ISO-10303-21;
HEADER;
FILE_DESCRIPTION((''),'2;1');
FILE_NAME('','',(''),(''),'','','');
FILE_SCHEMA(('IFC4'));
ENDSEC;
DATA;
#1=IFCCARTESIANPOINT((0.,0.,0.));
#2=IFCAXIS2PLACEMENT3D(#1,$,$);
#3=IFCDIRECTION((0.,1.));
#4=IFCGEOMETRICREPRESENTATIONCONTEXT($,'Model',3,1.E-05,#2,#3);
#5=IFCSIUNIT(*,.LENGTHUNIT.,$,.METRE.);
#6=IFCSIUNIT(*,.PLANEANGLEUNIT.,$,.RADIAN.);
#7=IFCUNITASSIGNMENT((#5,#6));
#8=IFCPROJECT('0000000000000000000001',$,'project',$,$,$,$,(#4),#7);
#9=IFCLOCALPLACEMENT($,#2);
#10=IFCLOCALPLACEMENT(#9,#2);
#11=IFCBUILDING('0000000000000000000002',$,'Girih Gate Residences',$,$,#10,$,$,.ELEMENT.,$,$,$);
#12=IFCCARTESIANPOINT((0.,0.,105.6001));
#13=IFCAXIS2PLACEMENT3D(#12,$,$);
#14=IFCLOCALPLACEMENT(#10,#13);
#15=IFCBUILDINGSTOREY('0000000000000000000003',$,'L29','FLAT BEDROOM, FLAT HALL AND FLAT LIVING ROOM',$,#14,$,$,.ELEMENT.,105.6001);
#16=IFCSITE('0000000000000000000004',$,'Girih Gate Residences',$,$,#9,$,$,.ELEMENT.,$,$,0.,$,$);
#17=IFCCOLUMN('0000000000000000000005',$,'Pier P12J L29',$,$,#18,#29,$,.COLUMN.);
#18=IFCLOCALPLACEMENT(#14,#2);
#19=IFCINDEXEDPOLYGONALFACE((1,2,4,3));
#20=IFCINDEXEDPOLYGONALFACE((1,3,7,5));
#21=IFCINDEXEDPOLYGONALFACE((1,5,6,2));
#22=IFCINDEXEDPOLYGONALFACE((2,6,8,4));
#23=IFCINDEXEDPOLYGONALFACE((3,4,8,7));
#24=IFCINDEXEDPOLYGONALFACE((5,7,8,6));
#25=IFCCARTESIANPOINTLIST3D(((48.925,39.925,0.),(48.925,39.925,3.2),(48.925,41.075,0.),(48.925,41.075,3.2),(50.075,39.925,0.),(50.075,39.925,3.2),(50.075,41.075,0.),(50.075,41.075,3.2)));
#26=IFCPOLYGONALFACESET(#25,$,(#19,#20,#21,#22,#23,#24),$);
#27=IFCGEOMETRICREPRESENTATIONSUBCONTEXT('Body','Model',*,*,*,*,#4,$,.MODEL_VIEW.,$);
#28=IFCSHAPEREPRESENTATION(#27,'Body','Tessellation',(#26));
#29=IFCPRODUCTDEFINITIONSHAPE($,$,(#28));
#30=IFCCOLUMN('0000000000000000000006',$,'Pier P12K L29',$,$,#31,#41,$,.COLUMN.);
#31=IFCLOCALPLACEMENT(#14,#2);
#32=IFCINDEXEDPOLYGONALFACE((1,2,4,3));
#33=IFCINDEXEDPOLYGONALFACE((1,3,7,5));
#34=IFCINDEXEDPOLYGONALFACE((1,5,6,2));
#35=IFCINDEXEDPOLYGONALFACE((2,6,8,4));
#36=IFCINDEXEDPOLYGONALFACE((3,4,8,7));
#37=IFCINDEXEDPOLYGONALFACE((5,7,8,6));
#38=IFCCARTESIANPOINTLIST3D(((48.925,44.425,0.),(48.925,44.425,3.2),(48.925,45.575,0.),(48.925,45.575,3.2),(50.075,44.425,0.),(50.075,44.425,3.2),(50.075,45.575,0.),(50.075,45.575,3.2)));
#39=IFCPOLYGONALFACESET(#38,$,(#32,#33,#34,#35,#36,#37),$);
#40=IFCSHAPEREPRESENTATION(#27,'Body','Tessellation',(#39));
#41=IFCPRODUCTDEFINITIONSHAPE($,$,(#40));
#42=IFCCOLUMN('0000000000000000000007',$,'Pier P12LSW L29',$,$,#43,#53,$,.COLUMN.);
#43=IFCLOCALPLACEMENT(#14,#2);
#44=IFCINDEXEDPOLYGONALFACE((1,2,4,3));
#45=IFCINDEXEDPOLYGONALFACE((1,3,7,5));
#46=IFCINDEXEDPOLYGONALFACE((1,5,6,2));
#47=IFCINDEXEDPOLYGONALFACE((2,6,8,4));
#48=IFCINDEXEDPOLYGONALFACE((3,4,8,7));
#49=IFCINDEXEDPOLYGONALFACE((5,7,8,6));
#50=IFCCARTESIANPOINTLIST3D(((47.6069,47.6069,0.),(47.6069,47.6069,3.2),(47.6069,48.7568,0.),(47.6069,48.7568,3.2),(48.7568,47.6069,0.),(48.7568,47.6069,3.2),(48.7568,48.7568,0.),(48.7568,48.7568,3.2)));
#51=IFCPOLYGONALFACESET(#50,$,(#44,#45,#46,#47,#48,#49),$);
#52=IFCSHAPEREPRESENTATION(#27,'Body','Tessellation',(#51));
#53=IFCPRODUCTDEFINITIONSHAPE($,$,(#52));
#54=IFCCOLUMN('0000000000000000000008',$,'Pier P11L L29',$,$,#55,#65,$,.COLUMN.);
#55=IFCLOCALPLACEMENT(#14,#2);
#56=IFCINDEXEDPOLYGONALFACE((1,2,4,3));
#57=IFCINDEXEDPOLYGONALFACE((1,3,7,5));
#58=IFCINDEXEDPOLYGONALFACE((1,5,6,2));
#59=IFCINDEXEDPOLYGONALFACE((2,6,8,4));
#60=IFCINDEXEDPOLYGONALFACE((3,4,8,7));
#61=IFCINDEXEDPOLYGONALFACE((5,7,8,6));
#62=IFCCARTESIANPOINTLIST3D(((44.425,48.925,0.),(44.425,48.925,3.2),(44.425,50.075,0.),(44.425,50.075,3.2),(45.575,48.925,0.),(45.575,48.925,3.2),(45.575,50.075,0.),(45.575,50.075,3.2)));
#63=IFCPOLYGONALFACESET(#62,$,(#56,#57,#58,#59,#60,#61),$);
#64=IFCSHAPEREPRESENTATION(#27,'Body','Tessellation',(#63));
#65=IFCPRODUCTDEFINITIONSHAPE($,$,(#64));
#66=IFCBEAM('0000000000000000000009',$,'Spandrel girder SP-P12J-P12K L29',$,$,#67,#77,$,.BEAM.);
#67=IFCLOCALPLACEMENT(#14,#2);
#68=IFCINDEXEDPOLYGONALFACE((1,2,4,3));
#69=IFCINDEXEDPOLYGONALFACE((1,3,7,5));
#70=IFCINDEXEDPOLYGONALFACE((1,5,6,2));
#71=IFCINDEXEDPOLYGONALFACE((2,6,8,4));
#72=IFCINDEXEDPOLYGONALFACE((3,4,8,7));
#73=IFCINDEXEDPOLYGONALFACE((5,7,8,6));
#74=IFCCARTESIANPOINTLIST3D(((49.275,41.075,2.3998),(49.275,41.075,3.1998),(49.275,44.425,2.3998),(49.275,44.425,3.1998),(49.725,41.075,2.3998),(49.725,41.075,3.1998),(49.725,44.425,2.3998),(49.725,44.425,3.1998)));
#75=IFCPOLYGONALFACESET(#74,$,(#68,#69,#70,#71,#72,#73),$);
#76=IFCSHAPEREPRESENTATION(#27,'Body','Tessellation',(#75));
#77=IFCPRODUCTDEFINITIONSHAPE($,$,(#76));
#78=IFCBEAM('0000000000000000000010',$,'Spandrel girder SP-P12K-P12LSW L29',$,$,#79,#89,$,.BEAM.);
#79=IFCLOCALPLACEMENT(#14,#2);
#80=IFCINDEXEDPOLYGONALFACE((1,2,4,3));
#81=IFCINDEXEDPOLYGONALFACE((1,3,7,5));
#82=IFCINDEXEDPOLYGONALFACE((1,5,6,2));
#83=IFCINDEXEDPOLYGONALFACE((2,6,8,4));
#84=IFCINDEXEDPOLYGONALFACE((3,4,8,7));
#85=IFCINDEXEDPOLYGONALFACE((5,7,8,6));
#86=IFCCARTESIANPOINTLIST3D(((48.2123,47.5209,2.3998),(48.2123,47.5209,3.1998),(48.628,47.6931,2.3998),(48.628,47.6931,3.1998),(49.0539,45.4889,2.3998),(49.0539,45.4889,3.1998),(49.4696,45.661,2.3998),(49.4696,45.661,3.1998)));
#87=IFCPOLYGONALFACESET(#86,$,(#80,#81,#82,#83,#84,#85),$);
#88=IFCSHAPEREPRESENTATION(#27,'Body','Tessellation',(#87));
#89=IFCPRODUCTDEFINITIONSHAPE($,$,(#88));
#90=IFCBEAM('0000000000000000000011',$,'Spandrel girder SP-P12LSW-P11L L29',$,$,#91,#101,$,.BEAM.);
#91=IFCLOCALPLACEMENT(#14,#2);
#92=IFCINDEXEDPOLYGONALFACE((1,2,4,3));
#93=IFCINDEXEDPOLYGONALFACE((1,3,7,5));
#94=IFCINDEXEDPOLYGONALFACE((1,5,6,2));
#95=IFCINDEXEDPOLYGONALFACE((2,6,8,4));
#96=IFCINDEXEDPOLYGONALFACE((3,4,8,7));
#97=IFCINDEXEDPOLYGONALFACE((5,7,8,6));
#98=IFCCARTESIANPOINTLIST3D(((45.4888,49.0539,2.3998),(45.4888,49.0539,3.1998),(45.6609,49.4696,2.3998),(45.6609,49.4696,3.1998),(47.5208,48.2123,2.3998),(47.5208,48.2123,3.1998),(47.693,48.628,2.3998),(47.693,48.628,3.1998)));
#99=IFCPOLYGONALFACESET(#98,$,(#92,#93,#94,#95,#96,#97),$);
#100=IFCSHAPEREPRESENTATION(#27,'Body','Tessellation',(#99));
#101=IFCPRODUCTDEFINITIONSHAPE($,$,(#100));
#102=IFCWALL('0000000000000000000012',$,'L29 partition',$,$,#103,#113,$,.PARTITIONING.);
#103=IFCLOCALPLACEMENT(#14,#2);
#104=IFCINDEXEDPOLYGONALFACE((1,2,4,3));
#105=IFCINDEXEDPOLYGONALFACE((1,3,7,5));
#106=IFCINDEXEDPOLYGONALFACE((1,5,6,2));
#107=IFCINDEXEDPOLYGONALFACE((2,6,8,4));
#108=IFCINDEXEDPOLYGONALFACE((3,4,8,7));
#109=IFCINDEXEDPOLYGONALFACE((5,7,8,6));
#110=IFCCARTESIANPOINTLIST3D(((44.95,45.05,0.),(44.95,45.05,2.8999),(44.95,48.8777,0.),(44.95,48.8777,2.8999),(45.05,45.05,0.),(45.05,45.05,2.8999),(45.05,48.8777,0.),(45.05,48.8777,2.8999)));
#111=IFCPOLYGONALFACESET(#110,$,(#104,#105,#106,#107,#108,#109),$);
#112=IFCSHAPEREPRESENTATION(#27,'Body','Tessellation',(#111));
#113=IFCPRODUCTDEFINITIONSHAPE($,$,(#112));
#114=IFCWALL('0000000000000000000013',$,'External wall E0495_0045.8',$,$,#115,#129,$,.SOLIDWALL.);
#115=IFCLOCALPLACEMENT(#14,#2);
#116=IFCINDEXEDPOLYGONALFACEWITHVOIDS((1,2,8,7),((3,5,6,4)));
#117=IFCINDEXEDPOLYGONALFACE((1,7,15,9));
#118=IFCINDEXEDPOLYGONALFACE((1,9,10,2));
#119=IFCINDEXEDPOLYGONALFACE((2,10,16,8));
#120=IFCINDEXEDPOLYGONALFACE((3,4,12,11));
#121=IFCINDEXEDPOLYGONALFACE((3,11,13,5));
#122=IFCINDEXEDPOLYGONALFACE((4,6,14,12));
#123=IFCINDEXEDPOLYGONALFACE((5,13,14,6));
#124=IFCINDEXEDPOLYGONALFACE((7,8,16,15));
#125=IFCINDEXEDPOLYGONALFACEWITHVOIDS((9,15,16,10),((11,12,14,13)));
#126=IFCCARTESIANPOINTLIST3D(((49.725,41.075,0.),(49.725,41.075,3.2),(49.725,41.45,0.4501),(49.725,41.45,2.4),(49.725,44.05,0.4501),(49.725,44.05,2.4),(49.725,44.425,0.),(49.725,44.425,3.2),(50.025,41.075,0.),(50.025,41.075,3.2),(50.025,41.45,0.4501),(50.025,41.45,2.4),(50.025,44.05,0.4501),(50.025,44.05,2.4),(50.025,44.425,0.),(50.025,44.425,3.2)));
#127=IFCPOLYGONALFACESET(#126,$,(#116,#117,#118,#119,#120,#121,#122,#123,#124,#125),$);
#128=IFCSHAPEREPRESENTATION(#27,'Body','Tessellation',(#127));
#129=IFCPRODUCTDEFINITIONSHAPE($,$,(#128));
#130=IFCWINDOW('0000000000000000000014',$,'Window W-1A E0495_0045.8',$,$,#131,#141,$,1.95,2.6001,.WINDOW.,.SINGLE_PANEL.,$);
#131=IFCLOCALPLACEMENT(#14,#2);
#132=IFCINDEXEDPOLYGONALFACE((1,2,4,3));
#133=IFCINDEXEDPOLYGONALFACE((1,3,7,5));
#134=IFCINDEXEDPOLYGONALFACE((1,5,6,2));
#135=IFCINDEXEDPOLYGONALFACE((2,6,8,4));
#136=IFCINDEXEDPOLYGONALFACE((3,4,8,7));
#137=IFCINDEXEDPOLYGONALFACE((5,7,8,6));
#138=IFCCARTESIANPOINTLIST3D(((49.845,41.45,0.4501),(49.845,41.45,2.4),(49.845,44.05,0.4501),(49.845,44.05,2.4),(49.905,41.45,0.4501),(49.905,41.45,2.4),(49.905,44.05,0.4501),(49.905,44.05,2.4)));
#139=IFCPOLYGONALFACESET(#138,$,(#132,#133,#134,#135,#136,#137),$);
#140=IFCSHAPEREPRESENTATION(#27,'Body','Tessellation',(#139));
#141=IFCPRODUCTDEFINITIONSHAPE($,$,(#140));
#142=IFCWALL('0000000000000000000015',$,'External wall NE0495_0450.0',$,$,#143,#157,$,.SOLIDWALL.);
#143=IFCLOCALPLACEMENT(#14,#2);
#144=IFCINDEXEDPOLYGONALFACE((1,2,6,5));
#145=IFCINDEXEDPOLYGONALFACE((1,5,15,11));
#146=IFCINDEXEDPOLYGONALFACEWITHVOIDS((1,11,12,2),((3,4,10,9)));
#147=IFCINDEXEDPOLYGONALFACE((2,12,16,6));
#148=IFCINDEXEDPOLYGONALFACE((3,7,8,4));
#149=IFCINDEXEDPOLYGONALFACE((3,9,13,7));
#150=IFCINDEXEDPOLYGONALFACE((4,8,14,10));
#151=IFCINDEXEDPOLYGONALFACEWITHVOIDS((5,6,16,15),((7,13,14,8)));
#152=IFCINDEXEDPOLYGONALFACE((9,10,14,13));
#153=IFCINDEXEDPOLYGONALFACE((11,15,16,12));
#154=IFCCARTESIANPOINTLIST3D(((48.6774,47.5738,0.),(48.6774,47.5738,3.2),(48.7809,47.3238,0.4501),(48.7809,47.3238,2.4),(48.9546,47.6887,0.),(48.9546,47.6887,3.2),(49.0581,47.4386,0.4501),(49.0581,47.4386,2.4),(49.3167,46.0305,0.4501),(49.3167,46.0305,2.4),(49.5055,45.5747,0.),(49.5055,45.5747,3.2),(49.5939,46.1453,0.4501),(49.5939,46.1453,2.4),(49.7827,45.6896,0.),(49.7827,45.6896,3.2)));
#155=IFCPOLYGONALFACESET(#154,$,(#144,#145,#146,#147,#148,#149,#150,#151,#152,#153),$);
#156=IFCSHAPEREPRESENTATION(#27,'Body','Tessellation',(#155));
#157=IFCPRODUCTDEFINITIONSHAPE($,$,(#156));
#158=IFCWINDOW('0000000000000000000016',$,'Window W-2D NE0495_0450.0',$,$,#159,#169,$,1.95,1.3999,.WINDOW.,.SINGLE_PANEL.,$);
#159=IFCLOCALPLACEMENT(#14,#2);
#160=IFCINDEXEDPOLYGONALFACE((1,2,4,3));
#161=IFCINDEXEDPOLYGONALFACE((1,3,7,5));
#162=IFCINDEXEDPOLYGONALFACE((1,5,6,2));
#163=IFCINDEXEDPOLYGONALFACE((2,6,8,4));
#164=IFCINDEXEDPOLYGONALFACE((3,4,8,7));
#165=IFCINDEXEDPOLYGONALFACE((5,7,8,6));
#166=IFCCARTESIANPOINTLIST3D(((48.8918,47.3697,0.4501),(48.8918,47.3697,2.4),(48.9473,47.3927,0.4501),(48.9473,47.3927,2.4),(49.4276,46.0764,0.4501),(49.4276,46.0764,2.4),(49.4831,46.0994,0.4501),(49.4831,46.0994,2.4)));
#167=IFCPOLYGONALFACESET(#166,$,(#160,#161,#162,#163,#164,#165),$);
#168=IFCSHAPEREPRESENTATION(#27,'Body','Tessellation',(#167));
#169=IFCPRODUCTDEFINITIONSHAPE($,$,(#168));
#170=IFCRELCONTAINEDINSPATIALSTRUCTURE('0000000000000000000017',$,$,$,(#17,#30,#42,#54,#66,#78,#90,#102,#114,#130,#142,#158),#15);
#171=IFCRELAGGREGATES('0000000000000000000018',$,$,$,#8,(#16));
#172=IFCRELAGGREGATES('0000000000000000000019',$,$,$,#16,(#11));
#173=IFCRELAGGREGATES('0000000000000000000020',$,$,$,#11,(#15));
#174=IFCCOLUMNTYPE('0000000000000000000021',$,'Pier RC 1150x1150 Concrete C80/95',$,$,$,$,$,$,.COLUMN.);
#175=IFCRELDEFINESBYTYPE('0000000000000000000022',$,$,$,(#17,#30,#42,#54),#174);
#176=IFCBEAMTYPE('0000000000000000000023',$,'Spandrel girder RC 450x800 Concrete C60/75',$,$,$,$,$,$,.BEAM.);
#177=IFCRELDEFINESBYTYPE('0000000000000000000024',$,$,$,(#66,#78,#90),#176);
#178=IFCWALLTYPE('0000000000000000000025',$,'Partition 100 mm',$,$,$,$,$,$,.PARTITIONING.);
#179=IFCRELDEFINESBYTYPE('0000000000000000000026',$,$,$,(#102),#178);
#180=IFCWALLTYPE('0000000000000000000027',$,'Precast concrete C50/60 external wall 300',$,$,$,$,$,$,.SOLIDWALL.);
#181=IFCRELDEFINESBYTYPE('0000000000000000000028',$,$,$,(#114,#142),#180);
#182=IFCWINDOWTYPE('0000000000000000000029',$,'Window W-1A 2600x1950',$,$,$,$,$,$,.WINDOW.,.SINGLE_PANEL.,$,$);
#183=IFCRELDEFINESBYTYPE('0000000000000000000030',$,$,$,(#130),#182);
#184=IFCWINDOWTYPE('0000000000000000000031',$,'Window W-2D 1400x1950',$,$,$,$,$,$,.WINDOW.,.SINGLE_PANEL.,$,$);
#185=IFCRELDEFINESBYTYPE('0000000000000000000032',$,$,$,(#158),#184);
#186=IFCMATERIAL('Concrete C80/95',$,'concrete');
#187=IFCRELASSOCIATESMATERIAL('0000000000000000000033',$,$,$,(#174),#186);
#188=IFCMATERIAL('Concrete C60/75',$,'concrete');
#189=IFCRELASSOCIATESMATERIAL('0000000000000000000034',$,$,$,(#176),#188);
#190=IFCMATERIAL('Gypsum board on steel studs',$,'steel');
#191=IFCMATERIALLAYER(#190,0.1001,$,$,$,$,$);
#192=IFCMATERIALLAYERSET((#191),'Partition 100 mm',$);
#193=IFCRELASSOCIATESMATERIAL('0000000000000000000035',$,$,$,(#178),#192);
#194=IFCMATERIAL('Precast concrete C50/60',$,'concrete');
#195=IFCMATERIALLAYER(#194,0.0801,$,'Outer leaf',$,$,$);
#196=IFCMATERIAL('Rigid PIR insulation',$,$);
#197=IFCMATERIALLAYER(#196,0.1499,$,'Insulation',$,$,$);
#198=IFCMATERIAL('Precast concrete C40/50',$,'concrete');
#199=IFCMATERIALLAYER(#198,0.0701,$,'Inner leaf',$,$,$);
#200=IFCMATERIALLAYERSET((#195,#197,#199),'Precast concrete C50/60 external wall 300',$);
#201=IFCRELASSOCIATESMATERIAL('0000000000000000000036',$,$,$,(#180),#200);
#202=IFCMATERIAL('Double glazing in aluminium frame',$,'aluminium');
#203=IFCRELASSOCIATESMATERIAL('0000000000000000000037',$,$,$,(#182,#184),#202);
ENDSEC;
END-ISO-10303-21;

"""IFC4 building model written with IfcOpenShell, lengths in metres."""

from ifc_helpers import new_model, si_unit, direction, frame, frame_2d, origin, origin_2d, place, context, subcontext, project, spatial, rectangle, extrude, material, layer, layer_set, material_profile, profile_set, type_object, element, fill, save


model = new_model("IFC4")

# Units and contexts
model_context = context("Model", 3, precision=1e-05, world=origin(), true_north=direction((0.0, 1.0)))
body_context = subcontext(model_context, "Body", "Model", "MODEL_VIEW")
ifc_project = project(units=[si_unit("LENGTHUNIT", "METRE"), si_unit("PLANEANGLEUNIT", "RADIAN")], contexts=[model_context])

# Site, building, storey
site_placement = place(None, origin())
site = spatial("IfcSite", under=ifc_project, at=site_placement, Name="Girih Gate Residences", CompositionType="ELEMENT", RefElevation=0.0)
building_placement = place(site_placement, origin())
building = spatial("IfcBuilding", under=site, at=building_placement, Name="Girih Gate Residences", CompositionType="ELEMENT")
storey_placement = place(building_placement, frame((0.0, 0.0, 105.6001)))
storey = spatial("IfcBuildingStorey", under=building, at=storey_placement, Name="L29", Description="FLAT BEDROOM, FLAT HALL AND FLAT LIVING ROOM", CompositionType="ELEMENT", Elevation=105.6001)

# Columns
ifc_material_1 = material(Name="Concrete C80/95", Category="concrete")
ifc_material_profile_1 = material_profile(ifc_material_1, rectangle(XDim=1.1499, YDim=1.1499, at=origin_2d()))
ifc_profile_set_1 = profile_set([ifc_material_profile_1], Name="Concrete C80/95")
column_type = type_object("IfcColumnType", Name="Pier RC 1150x1150 Concrete C80/95", PredefinedType="COLUMN", material=ifc_profile_set_1)
for number, where, z_axis, x_axis, name in (
    (1, (49.5, 40.5, 0.0), (0.0, 0.0, 1.0), (1.0, 0.0, 0.0), "Pier P12J L29"),
    (2, (49.5, 45.0, 0.0), (0.0, 0.0, 1.0), (1.0, 0.0, 0.0), "Pier P12K L29"),
    (3, (48.1819, 48.1819, 0.0), (0.0, 0.0, 1.0), (1.0, 0.0, 0.0), "Pier P12LSW L29"),
    (4, (45.0, 49.5, 0.0), (0.0, 0.0, 1.0), (1.0, 0.0, 0.0), "Pier P11L L29"),
):
    element("IfcColumn", number, at=place(storey_placement, frame(where, z_axis=z_axis, x_axis=x_axis)), inside=storey, type_object=column_type, Name=name, PredefinedType="COLUMN", context=body_context, shape_type="SweptSolid", body=[
        extrude(rectangle(XDim=1.1499, YDim=1.1499, at=origin_2d()), origin(), (0.0, 0.0, 1.0), 3.2),
    ])

# Beams
ifc_material_2 = material(Name="Concrete C60/75", Category="concrete")
ifc_material_profile_2 = material_profile(ifc_material_2, rectangle(XDim=0.45, YDim=0.8, at=origin_2d()))
ifc_profile_set_2 = profile_set([ifc_material_profile_2], Name="Concrete C60/75")
beam_type = type_object("IfcBeamType", Name="Spandrel girder RC 450x800 Concrete C60/75", PredefinedType="BEAM", material=ifc_profile_set_2)
beam_placement = place(storey_placement, frame((49.5, 41.075, 2.7998), z_axis=(0.0, 1.0, 0.0), x_axis=(-1.0, 0.0, 0.0)))
element("IfcBeam", 5, at=beam_placement, inside=storey, type_object=beam_type, Name="Spandrel girder SP-P12J-P12K L29", PredefinedType="BEAM", context=body_context, shape_type="SweptSolid", body=[
    extrude(rectangle(XDim=0.45, YDim=0.8, at=origin_2d()), origin(), (0.0, 0.0, 1.0), 3.3501),
])
for number, where, z_axis, x_axis, name in (
    (6, (49.2617, 45.575, 2.7998), (-0.382636, 0.923899, 0.0), (-0.923899, -0.382636, 0.0), "Spandrel girder SP-P12K-P12LSW L29"),
    (7, (47.6069, 48.4202, 2.7998), (-0.923899, 0.382636, 0.0), (-0.382636, -0.923899, 0.0), "Spandrel girder SP-P12LSW-P11L L29"),
):
    element("IfcBeam", number, at=place(storey_placement, frame(where, z_axis=z_axis, x_axis=x_axis)), inside=storey, type_object=beam_type, Name=name, PredefinedType="BEAM", context=body_context, shape_type="SweptSolid", body=[
        extrude(rectangle(XDim=0.45, YDim=0.8, at=origin_2d()), origin(), (0.0, 0.0, 1.0), 2.1995),
    ])

# Wall
ifc_material_3 = material(Name="Gypsum board on steel studs", Category="steel")
ifc_layer_1 = layer(ifc_material_3, 0.1001)
ifc_layer_set_1 = layer_set([ifc_layer_1], Name="Partition 100 mm")
wall_type_1 = type_object("IfcWallType", Name="Partition 100 mm", PredefinedType="PARTITIONING", material=ifc_layer_set_1)
wall_1_placement = place(storey_placement, frame((45.0, 45.05, 0.0), z_axis=(0.0, 0.0, 1.0), x_axis=(0.0, 1.0, 0.0)))
element("IfcWall", 8, at=wall_1_placement, inside=storey, type_object=wall_type_1, Name="L29 partition", PredefinedType="PARTITIONING", context=body_context, shape_type="SweptSolid", body=[
    extrude(rectangle(XDim=3.8276, YDim=0.1001, at=frame_2d((1.9138, 0.0))), origin(), (0.0, 0.0, 1.0), 2.8999),
])

# Walls, openings, windows
ifc_material_4 = material(Name="Precast concrete C50/60", Category="concrete")
ifc_layer_2 = layer(ifc_material_4, 0.0801, Name="Outer leaf")
ifc_material_5 = material(Name="Rigid PIR insulation")
ifc_layer_3 = layer(ifc_material_5, 0.1499, Name="Insulation")
ifc_material_6 = material(Name="Precast concrete C40/50", Category="concrete")
ifc_layer_4 = layer(ifc_material_6, 0.0701, Name="Inner leaf")
ifc_layer_set_2 = layer_set([ifc_layer_2, ifc_layer_3, ifc_layer_4], Name="Precast concrete C50/60 external wall 300")
wall_type_2 = type_object("IfcWallType", Name="Precast concrete C50/60 external wall 300", PredefinedType="SOLIDWALL", material=ifc_layer_set_2)
wall_2_placement = place(storey_placement, frame((49.875, 44.425, 0.0), z_axis=(0.0, 0.0, 1.0), x_axis=(0.0, -1.0, 0.0)))
wall_2 = element("IfcWall", 9, at=wall_2_placement, inside=storey, type_object=wall_type_2, Name="External wall E0495_0045.8", PredefinedType="SOLIDWALL", context=body_context, shape_type="SweptSolid", body=[
    extrude(rectangle(XDim=3.3501, YDim=0.3, at=frame_2d((1.675, 0.0))), origin(), (0.0, 0.0, 1.0), 3.2),
])
opening_1_placement = place(wall_2_placement, frame((0.375, 0.0, 0.45)))
opening_1 = element("IfcOpeningElement", 10, at=opening_1_placement, cuts=wall_2, PredefinedType="OPENING", context=body_context, shape_type="SweptSolid", body=[
    extrude(rectangle(XDim=2.6001, YDim=1.95, at=frame_2d((1.3, 0.9751))), frame((0.0, 0.1599, 0.0), z_axis=(0.0, -1.0, 0.0), x_axis=(1.0, 0.0, 0.0)), (0.0, 0.0, 1.0), 0.3201),
])
ifc_material_7 = material(Name="Double glazing in aluminium frame", Category="aluminium")
window_type_1 = type_object("IfcWindowType", Name="Window W-1A 2600x1950", PartitioningType="SINGLE_PANEL", PredefinedType="WINDOW", material=ifc_material_7)
window_1_placement = place(opening_1_placement, origin())
window_1 = element("IfcWindow", 11, at=window_1_placement, inside=storey, type_object=window_type_1, Name="Window W-1A E0495_0045.8", OverallHeight=1.95, OverallWidth=2.6001, PartitioningType="SINGLE_PANEL", PredefinedType="WINDOW", context=body_context, shape_type="SweptSolid", body=[
    extrude(rectangle(XDim=2.6001, YDim=1.95, at=frame_2d((1.3, 0.9751))), frame((0.0, 0.03, 0.0), z_axis=(0.0, -1.0, 0.0), x_axis=(1.0, 0.0, 0.0)), (0.0, 0.0, 1.0), 0.0601),
])
fill(opening_1, window_1)
wall_3_placement = place(storey_placement, frame((48.8159, 47.6313, 0.0), z_axis=(0.0, 0.0, 1.0), x_axis=(0.382724, -0.923863, 0.0)))
wall_3 = element("IfcWall", 12, at=wall_3_placement, inside=storey, type_object=wall_type_2, Name="External wall NE0495_0450.0", PredefinedType="SOLIDWALL", context=body_context, shape_type="SweptSolid", body=[
    extrude(rectangle(XDim=2.1638, YDim=0.3, at=frame_2d((1.082, 0.0))), origin(), (0.0, 0.0, 1.0), 3.2),
])
opening_2_placement = place(wall_3_placement, frame((0.2708, 0.0, 0.45)))
opening_2 = element("IfcOpeningElement", 13, at=opening_2_placement, cuts=wall_3, PredefinedType="OPENING", context=body_context, shape_type="SweptSolid", body=[
    extrude(rectangle(XDim=1.3999, YDim=1.95, at=frame_2d((0.7, 0.9751))), frame((0.0, 0.1599, 0.0), z_axis=(0.0, -1.0, 0.0), x_axis=(1.0, 0.0, 0.0)), (0.0, 0.0, 1.0), 0.3201),
])
window_type_2 = type_object("IfcWindowType", Name="Window W-2D 1400x1950", PartitioningType="SINGLE_PANEL", PredefinedType="WINDOW", material=ifc_material_7)
window_2_placement = place(opening_2_placement, origin())
window_2 = element("IfcWindow", 14, at=window_2_placement, inside=storey, type_object=window_type_2, Name="Window W-2D NE0495_0450.0", OverallHeight=1.95, OverallWidth=1.3999, PartitioningType="SINGLE_PANEL", PredefinedType="WINDOW", context=body_context, shape_type="SweptSolid", body=[
    extrude(rectangle(XDim=1.3999, YDim=1.95, at=frame_2d((0.7, 0.9751))), frame((0.0, 0.03, 0.0), z_axis=(0.0, -1.0, 0.0), x_axis=(1.0, 0.0, 0.0)), (0.0, 0.0, 1.0), 0.0601),
])
fill(opening_2, window_2)

save(model, "model.ifc")
